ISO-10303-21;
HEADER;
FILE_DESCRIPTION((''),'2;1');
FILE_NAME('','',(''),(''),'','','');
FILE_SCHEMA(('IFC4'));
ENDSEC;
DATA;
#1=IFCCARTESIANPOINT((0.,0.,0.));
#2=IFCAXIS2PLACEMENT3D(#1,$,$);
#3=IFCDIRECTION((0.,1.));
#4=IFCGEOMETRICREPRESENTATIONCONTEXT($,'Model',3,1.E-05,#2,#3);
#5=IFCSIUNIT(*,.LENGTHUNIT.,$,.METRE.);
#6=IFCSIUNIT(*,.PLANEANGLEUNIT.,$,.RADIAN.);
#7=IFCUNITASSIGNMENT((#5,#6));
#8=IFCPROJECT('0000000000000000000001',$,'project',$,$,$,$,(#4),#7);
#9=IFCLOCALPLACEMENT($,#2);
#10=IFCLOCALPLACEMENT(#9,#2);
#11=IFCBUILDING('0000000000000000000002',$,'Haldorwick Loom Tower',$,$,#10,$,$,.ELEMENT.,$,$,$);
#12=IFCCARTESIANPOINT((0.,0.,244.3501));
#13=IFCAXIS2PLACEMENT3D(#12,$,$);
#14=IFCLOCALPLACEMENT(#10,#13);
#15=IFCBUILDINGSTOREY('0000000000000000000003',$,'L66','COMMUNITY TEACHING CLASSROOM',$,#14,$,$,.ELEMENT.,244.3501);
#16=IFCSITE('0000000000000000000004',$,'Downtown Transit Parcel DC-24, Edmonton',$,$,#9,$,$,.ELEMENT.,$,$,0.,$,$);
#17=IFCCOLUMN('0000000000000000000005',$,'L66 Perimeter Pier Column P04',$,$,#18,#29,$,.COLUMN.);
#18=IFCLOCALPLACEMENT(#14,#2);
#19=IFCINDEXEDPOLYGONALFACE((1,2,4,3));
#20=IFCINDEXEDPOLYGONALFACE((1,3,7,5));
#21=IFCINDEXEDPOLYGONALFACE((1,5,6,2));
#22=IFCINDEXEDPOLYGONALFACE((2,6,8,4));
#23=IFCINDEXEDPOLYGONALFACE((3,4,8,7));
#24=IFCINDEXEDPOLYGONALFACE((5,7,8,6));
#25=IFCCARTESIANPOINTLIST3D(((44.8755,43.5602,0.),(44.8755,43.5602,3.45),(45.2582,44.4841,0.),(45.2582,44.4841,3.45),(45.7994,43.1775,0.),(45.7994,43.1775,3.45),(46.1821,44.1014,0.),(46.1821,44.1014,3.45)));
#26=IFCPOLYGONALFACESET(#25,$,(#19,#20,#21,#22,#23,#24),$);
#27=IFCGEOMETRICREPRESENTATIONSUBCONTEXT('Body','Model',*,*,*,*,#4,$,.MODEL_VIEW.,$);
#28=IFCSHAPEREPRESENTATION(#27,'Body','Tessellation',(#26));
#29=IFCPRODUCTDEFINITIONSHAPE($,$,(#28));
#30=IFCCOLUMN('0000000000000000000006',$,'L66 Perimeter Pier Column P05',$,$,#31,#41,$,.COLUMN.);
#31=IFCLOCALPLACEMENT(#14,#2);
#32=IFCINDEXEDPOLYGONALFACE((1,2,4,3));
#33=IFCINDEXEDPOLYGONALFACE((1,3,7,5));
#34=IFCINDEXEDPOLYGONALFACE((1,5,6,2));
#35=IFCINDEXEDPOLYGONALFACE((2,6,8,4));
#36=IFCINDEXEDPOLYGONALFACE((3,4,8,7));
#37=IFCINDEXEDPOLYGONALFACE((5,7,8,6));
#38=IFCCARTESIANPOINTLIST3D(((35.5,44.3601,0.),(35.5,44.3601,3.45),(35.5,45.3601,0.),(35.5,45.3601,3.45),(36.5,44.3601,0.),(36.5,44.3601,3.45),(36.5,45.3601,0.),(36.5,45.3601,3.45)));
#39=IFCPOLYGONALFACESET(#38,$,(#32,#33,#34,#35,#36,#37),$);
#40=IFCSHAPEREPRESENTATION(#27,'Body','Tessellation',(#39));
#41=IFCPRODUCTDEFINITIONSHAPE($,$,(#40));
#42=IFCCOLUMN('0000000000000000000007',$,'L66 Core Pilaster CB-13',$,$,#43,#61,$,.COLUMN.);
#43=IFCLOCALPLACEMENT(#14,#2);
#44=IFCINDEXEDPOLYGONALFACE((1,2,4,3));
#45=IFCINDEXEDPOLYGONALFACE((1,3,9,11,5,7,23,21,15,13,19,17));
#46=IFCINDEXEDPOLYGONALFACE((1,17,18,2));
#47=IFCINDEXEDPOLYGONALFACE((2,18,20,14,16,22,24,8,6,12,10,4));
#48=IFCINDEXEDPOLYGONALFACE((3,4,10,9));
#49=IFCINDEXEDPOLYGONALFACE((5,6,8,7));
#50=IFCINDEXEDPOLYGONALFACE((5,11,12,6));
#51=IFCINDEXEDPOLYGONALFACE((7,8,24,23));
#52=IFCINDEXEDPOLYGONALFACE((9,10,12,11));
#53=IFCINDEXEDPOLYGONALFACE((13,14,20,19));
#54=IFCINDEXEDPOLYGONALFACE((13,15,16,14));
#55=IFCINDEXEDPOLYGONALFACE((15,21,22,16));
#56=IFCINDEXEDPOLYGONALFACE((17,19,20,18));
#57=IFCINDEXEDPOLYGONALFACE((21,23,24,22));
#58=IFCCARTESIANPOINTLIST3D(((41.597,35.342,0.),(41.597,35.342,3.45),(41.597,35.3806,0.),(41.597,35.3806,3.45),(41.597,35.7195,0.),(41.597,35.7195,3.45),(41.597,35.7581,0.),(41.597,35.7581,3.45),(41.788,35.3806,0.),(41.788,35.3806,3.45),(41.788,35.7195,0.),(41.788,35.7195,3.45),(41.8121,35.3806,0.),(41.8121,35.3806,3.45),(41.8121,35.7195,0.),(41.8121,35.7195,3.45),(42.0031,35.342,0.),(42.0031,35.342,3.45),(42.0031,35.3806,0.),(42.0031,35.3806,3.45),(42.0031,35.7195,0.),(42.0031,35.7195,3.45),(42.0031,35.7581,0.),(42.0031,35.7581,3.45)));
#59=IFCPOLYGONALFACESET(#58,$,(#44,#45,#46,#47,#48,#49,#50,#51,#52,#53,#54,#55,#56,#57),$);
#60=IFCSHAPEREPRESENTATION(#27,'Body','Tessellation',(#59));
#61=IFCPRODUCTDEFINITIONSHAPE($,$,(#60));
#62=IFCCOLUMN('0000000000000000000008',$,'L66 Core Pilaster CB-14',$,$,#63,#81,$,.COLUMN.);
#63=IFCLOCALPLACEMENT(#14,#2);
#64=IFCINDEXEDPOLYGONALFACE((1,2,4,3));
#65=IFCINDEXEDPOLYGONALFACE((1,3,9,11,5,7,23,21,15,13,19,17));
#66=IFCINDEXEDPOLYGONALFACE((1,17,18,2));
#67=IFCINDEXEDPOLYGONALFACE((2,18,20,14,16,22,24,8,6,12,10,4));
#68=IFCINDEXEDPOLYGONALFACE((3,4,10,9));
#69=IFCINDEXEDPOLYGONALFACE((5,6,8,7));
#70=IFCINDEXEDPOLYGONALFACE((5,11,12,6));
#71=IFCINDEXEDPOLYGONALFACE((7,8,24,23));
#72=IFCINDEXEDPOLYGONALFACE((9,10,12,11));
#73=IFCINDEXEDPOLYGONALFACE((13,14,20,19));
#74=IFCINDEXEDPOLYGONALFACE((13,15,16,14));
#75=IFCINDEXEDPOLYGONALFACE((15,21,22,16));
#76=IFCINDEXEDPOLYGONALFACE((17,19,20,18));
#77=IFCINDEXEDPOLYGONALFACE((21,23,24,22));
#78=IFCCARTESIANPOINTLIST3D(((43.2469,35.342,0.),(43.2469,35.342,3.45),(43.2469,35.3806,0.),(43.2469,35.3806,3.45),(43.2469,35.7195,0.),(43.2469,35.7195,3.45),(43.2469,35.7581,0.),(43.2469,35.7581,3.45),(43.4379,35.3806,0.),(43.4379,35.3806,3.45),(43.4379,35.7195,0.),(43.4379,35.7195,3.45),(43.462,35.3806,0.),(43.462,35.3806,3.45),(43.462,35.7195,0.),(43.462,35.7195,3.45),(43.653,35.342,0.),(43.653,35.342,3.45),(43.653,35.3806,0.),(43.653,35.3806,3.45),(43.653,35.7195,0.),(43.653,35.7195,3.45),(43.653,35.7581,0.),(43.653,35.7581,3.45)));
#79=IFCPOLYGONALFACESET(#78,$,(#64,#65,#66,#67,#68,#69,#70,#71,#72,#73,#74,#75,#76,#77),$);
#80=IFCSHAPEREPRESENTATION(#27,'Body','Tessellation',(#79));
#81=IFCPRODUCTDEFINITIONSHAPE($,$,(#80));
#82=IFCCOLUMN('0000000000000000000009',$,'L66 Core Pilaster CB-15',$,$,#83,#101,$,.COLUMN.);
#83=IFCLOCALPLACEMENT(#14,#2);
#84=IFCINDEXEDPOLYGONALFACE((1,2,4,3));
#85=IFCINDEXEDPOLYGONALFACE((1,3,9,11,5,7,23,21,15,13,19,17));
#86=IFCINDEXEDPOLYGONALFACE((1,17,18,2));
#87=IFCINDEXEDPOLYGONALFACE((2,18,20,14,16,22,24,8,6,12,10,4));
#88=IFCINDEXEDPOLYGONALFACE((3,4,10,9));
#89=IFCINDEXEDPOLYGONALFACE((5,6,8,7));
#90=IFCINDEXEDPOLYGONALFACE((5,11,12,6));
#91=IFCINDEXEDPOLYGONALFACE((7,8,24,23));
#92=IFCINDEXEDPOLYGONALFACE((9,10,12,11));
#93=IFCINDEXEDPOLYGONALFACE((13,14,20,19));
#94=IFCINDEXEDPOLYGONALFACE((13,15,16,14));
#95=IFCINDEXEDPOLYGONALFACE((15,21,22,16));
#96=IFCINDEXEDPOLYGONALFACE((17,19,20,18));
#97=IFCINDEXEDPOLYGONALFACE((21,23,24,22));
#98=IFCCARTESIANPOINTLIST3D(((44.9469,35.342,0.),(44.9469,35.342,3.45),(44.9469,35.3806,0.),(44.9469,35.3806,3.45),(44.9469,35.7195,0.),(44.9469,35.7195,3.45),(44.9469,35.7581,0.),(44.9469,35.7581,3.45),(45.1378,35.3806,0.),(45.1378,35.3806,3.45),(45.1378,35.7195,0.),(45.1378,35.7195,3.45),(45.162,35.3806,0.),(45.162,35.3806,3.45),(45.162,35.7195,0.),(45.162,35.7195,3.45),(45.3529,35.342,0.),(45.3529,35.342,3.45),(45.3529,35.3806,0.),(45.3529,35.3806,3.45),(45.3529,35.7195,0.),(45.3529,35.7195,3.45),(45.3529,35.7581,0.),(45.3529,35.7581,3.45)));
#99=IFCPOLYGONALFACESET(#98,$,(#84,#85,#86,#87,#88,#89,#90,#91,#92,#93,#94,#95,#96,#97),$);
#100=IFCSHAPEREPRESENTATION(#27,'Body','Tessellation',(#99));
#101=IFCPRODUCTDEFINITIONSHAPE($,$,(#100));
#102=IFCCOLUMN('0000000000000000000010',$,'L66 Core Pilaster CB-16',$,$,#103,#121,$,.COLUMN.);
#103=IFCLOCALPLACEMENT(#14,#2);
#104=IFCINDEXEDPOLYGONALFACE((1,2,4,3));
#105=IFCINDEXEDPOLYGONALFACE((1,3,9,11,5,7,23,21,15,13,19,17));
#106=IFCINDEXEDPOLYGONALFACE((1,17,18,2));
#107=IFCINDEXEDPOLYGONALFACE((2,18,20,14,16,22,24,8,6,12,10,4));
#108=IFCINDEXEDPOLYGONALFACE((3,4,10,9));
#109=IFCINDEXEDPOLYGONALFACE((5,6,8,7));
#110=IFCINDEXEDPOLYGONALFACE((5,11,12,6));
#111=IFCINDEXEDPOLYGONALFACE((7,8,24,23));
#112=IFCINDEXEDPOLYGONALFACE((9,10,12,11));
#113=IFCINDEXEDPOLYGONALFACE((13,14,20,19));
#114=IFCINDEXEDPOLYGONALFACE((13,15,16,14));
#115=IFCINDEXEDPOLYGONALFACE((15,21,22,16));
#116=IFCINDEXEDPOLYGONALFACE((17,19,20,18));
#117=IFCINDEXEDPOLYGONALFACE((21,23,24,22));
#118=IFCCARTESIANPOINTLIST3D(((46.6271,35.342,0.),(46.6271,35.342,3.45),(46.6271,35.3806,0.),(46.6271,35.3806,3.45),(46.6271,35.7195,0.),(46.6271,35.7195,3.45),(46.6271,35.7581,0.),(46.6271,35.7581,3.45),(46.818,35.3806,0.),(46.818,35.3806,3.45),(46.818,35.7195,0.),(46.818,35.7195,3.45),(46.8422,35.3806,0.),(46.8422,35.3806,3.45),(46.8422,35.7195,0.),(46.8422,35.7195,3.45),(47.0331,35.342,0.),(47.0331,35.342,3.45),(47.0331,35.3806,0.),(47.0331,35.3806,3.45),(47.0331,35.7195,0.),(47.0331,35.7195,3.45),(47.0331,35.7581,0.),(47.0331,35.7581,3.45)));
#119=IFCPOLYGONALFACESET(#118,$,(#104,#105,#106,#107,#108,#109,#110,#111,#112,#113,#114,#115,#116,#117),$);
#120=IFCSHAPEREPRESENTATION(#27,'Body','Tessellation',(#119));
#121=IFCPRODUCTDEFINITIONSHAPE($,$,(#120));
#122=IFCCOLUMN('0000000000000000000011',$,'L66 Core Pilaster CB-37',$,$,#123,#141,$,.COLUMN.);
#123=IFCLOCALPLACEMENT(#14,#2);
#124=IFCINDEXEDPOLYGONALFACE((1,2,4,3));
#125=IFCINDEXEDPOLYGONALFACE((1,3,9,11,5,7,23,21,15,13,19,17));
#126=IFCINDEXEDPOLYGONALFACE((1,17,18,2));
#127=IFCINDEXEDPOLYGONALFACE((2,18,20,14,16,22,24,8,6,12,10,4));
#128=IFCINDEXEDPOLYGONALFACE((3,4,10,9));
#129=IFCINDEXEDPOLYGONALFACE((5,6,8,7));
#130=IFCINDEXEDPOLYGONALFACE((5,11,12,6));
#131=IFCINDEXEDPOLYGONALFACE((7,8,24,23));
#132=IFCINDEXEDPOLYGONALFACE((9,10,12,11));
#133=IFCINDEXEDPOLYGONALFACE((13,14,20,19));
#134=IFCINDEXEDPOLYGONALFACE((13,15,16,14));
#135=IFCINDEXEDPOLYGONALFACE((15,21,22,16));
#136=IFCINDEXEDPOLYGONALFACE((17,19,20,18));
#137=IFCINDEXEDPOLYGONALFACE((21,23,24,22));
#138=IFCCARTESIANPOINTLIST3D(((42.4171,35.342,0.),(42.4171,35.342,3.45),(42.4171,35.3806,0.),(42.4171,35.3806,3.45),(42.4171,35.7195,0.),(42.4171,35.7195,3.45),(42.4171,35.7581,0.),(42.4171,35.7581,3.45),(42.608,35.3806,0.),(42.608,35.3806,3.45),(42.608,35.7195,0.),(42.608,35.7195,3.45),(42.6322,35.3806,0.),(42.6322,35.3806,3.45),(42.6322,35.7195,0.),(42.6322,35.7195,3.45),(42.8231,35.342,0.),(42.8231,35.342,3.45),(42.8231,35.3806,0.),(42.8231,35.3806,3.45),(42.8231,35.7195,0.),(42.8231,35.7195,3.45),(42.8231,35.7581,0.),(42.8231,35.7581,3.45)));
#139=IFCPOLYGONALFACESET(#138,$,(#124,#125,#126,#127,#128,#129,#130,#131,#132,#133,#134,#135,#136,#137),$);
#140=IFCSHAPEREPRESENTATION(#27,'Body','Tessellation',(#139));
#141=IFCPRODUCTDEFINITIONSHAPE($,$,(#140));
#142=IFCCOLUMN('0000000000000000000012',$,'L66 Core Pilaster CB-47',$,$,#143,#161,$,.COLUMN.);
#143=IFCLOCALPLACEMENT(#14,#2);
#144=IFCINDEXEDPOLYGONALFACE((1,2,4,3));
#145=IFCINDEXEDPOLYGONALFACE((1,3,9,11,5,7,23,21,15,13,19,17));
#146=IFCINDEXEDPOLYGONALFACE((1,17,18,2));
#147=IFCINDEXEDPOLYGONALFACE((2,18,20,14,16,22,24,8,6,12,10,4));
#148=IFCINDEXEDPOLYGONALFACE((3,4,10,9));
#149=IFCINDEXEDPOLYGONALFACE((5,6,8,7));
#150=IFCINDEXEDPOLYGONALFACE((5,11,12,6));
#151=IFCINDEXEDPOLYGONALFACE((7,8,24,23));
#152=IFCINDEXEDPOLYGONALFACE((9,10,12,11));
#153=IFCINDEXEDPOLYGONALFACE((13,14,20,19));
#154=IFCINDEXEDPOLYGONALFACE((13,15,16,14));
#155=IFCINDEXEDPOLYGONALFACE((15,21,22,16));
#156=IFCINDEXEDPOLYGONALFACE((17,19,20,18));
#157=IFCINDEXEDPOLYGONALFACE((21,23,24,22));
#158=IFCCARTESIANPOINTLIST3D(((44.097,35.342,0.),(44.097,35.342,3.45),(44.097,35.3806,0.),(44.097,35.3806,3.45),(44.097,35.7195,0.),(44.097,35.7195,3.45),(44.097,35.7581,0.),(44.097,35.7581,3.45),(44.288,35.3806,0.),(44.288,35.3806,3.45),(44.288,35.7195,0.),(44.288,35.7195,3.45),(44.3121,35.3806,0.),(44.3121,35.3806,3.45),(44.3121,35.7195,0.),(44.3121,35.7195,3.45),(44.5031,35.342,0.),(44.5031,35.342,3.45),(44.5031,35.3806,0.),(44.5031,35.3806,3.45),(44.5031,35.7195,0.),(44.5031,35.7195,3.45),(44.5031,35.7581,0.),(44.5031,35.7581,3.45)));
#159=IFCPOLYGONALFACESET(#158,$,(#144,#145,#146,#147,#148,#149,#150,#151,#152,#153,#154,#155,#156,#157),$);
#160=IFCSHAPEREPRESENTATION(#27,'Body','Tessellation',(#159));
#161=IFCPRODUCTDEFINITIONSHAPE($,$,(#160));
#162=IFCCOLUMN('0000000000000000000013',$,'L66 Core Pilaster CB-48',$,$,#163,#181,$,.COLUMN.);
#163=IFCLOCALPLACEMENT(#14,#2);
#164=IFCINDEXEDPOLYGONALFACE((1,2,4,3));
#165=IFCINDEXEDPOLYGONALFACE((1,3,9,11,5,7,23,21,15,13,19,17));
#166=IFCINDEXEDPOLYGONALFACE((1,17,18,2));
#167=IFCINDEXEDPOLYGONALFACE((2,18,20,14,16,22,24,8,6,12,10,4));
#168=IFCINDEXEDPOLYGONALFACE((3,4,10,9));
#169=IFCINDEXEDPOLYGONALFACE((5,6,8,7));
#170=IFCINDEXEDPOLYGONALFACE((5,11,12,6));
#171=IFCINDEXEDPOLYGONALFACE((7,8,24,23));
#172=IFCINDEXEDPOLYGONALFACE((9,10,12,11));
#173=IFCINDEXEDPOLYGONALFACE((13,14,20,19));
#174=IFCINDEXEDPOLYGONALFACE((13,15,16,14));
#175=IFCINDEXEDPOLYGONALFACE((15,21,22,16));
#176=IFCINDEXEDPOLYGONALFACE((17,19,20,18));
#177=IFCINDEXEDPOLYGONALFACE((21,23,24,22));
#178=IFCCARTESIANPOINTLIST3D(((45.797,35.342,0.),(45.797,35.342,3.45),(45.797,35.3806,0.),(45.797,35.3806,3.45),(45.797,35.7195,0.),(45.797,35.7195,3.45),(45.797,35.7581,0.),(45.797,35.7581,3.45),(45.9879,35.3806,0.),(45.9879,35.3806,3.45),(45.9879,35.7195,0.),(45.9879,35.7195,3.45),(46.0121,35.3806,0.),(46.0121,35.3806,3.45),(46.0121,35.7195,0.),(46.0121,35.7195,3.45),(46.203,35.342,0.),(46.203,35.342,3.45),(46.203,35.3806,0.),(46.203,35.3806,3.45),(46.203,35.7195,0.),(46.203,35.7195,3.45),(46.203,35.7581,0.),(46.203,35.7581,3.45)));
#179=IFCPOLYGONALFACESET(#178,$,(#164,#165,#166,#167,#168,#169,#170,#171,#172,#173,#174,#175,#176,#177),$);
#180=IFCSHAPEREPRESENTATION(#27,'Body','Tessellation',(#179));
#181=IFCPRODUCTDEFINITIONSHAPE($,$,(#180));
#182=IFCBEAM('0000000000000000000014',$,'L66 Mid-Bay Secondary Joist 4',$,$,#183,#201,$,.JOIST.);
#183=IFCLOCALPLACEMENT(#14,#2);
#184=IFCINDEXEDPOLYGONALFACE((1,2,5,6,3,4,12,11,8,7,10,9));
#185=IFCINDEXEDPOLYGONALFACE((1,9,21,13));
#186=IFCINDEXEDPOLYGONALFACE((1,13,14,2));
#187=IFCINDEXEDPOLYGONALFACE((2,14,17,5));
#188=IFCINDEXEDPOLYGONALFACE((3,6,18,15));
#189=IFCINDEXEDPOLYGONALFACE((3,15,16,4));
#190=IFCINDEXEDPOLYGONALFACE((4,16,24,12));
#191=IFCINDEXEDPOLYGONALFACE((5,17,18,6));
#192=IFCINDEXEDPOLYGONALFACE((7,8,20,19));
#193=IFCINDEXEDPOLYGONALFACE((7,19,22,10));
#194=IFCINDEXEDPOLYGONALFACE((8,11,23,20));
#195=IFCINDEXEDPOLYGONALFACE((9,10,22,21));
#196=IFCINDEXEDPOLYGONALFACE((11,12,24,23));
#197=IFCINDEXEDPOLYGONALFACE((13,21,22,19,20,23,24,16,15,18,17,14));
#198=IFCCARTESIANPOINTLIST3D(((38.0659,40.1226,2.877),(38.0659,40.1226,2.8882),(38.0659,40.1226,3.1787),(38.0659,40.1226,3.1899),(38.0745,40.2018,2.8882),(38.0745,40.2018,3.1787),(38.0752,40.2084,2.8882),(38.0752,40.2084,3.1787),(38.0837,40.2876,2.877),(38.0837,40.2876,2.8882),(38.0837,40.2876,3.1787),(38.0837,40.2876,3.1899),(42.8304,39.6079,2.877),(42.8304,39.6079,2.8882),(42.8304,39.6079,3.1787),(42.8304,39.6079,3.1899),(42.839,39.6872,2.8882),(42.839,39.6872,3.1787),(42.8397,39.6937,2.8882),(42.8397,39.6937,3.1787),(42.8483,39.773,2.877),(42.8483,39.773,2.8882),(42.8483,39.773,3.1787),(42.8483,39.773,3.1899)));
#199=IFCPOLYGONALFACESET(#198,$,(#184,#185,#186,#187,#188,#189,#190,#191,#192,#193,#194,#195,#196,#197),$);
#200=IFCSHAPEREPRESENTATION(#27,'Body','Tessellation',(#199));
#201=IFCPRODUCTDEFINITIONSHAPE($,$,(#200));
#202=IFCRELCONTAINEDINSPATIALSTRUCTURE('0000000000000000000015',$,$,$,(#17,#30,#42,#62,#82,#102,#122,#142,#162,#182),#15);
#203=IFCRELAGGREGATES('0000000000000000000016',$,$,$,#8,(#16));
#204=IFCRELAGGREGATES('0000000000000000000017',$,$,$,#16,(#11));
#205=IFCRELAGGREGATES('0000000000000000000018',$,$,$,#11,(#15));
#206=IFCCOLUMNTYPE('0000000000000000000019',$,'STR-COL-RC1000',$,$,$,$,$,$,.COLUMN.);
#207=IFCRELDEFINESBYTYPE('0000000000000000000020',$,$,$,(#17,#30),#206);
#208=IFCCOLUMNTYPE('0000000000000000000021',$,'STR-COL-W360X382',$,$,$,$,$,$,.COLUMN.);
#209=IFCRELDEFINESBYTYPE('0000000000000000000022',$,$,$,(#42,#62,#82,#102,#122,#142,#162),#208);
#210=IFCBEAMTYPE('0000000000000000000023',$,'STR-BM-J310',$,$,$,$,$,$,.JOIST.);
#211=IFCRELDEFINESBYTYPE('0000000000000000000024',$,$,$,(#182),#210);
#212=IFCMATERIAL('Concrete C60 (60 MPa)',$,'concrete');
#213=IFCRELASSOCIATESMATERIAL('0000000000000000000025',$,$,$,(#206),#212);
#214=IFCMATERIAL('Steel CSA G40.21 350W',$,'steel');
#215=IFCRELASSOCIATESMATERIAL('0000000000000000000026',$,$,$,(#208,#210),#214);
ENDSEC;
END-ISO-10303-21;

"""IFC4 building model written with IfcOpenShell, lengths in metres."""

from ifc_helpers import new_model, si_unit, direction, frame, origin, origin_2d, place, context, subcontext, project, spatial, rectangle, i_section, extrude, material, material_profile, profile_set, type_object, element, save


model = new_model("IFC4")

# Units and contexts
model_context = context("Model", 3, precision=1e-05, world=origin(), true_north=direction((0.0, 1.0)))
body_context = subcontext(model_context, "Body", "Model", "MODEL_VIEW")
ifc_project = project(units=[si_unit("LENGTHUNIT", "METRE"), si_unit("PLANEANGLEUNIT", "RADIAN")], contexts=[model_context])

# Site, building, storey
site_placement = place(None, origin())
site = spatial("IfcSite", under=ifc_project, at=site_placement, Name="Downtown Transit Parcel DC-24, Edmonton", CompositionType="ELEMENT", RefElevation=0.0)
building_placement = place(site_placement, origin())
building = spatial("IfcBuilding", under=site, at=building_placement, Name="Haldorwick Loom Tower", CompositionType="ELEMENT")
storey_placement = place(building_placement, frame((0.0, 0.0, 244.3501)))
storey = spatial("IfcBuildingStorey", under=building, at=storey_placement, Name="L66", Description="COMMUNITY TEACHING CLASSROOM", CompositionType="ELEMENT", Elevation=244.3501)

# Columns
ifc_material_1 = material(Name="Concrete C60 (60 MPa)", Category="concrete")
ifc_material_profile_1 = material_profile(ifc_material_1, rectangle(XDim=1.0, YDim=1.0, at=origin_2d()), Name="RC1000X1000", Category="concrete")
ifc_profile_set_1 = profile_set([ifc_material_profile_1], Name="Concrete C60 (60 MPa)")
column_type_1 = type_object("IfcColumnType", Name="STR-COL-RC1000", PredefinedType="COLUMN", material=ifc_profile_set_1)
for number, where, z_axis, x_axis, name in (
    (1, (45.5288, 43.8308, 0.0), (0.0, 0.0, 1.0), (0.382683, 0.92388, 0.0), "L66 Perimeter Pier Column P04"),
    (2, (36.0, 44.8601, 0.0), (0.0, 0.0, 1.0), (0.0, 1.0, 0.0), "L66 Perimeter Pier Column P05"),
):
    element("IfcColumn", number, at=place(storey_placement, frame(where, z_axis=z_axis, x_axis=x_axis)), inside=storey, type_object=column_type_1, Name=name, PredefinedType="COLUMN", context=body_context, shape_type="SweptSolid", body=[
        extrude(rectangle(XDim=1.0, YDim=1.0, at=origin_2d()), origin(), (0.0, 0.0, 1.0), 3.45),
    ])
ifc_material_2 = material(Name="Steel CSA G40.21 350W", Category="steel")
ifc_material_profile_2 = material_profile(ifc_material_2, i_section(OverallWidth=0.406, OverallDepth=0.416, WebThickness=0.0242, FlangeThickness=0.0386, at=origin_2d()), Name="W360X382", Category="steel")
ifc_profile_set_2 = profile_set([ifc_material_profile_2], Name="Steel CSA G40.21 350W")
column_type_2 = type_object("IfcColumnType", Name="STR-COL-W360X382", PredefinedType="COLUMN", material=ifc_profile_set_2)
for number, where, z_axis, x_axis, name in (
    (3, (41.8, 35.55, 0.0), (0.0, 0.0, 1.0), (1.0, 0.0, 0.0), "L66 Core Pilaster CB-13"),
    (4, (43.45, 35.55, 0.0), (0.0, 0.0, 1.0), (1.0, 0.0, 0.0), "L66 Core Pilaster CB-14"),
    (5, (45.1499, 35.55, 0.0), (0.0, 0.0, 1.0), (1.0, 0.0, 0.0), "L66 Core Pilaster CB-15"),
    (6, (46.8301, 35.55, 0.0), (0.0, 0.0, 1.0), (1.0, 0.0, 0.0), "L66 Core Pilaster CB-16"),
    (7, (42.6201, 35.55, 0.0), (0.0, 0.0, 1.0), (1.0, 0.0, 0.0), "L66 Core Pilaster CB-37"),
    (8, (44.3, 35.55, 0.0), (0.0, 0.0, 1.0), (1.0, 0.0, 0.0), "L66 Core Pilaster CB-47"),
    (9, (46.0, 35.55, 0.0), (0.0, 0.0, 1.0), (1.0, 0.0, 0.0), "L66 Core Pilaster CB-48"),
):
    element("IfcColumn", number, at=place(storey_placement, frame(where, z_axis=z_axis, x_axis=x_axis)), inside=storey, type_object=column_type_2, Name=name, PredefinedType="COLUMN", context=body_context, shape_type="SweptSolid", body=[
        extrude(i_section(OverallWidth=0.406, OverallDepth=0.416, WebThickness=0.0242, FlangeThickness=0.0386, at=origin_2d()), origin(), (0.0, 0.0, 1.0), 3.45),
    ])

# Beam
ifc_material_profile_3 = material_profile(ifc_material_2, i_section(OverallWidth=0.166, OverallDepth=0.313, WebThickness=0.0066, FlangeThickness=0.0112, at=origin_2d()), Name="W310X45", Category="steel")
ifc_profile_set_3 = profile_set([ifc_material_profile_3], Name="Steel CSA G40.21 350W")
beam_type_1 = type_object("IfcBeamType", Name="STR-BM-J310", PredefinedType="JOIST", material=ifc_profile_set_3)
beam_1_placement = place(storey_placement, frame((42.8394, 39.6904, 3.0334), z_axis=(-0.994216, 0.107395, 0.0), x_axis=(-0.107395, -0.994216, 0.0)))
element("IfcBeam", 10, at=beam_1_placement, inside=storey, type_object=beam_type_1, Name="L66 Mid-Bay Secondary Joist 4", PredefinedType="JOIST", context=body_context, shape_type="SweptSolid", body=[
    extrude(i_section(OverallWidth=0.166, OverallDepth=0.313, WebThickness=0.0066, FlangeThickness=0.0112, at=origin_2d()), origin(), (0.0, 0.0, 1.0), 4.7922),
])

save(model, "model.ifc")
